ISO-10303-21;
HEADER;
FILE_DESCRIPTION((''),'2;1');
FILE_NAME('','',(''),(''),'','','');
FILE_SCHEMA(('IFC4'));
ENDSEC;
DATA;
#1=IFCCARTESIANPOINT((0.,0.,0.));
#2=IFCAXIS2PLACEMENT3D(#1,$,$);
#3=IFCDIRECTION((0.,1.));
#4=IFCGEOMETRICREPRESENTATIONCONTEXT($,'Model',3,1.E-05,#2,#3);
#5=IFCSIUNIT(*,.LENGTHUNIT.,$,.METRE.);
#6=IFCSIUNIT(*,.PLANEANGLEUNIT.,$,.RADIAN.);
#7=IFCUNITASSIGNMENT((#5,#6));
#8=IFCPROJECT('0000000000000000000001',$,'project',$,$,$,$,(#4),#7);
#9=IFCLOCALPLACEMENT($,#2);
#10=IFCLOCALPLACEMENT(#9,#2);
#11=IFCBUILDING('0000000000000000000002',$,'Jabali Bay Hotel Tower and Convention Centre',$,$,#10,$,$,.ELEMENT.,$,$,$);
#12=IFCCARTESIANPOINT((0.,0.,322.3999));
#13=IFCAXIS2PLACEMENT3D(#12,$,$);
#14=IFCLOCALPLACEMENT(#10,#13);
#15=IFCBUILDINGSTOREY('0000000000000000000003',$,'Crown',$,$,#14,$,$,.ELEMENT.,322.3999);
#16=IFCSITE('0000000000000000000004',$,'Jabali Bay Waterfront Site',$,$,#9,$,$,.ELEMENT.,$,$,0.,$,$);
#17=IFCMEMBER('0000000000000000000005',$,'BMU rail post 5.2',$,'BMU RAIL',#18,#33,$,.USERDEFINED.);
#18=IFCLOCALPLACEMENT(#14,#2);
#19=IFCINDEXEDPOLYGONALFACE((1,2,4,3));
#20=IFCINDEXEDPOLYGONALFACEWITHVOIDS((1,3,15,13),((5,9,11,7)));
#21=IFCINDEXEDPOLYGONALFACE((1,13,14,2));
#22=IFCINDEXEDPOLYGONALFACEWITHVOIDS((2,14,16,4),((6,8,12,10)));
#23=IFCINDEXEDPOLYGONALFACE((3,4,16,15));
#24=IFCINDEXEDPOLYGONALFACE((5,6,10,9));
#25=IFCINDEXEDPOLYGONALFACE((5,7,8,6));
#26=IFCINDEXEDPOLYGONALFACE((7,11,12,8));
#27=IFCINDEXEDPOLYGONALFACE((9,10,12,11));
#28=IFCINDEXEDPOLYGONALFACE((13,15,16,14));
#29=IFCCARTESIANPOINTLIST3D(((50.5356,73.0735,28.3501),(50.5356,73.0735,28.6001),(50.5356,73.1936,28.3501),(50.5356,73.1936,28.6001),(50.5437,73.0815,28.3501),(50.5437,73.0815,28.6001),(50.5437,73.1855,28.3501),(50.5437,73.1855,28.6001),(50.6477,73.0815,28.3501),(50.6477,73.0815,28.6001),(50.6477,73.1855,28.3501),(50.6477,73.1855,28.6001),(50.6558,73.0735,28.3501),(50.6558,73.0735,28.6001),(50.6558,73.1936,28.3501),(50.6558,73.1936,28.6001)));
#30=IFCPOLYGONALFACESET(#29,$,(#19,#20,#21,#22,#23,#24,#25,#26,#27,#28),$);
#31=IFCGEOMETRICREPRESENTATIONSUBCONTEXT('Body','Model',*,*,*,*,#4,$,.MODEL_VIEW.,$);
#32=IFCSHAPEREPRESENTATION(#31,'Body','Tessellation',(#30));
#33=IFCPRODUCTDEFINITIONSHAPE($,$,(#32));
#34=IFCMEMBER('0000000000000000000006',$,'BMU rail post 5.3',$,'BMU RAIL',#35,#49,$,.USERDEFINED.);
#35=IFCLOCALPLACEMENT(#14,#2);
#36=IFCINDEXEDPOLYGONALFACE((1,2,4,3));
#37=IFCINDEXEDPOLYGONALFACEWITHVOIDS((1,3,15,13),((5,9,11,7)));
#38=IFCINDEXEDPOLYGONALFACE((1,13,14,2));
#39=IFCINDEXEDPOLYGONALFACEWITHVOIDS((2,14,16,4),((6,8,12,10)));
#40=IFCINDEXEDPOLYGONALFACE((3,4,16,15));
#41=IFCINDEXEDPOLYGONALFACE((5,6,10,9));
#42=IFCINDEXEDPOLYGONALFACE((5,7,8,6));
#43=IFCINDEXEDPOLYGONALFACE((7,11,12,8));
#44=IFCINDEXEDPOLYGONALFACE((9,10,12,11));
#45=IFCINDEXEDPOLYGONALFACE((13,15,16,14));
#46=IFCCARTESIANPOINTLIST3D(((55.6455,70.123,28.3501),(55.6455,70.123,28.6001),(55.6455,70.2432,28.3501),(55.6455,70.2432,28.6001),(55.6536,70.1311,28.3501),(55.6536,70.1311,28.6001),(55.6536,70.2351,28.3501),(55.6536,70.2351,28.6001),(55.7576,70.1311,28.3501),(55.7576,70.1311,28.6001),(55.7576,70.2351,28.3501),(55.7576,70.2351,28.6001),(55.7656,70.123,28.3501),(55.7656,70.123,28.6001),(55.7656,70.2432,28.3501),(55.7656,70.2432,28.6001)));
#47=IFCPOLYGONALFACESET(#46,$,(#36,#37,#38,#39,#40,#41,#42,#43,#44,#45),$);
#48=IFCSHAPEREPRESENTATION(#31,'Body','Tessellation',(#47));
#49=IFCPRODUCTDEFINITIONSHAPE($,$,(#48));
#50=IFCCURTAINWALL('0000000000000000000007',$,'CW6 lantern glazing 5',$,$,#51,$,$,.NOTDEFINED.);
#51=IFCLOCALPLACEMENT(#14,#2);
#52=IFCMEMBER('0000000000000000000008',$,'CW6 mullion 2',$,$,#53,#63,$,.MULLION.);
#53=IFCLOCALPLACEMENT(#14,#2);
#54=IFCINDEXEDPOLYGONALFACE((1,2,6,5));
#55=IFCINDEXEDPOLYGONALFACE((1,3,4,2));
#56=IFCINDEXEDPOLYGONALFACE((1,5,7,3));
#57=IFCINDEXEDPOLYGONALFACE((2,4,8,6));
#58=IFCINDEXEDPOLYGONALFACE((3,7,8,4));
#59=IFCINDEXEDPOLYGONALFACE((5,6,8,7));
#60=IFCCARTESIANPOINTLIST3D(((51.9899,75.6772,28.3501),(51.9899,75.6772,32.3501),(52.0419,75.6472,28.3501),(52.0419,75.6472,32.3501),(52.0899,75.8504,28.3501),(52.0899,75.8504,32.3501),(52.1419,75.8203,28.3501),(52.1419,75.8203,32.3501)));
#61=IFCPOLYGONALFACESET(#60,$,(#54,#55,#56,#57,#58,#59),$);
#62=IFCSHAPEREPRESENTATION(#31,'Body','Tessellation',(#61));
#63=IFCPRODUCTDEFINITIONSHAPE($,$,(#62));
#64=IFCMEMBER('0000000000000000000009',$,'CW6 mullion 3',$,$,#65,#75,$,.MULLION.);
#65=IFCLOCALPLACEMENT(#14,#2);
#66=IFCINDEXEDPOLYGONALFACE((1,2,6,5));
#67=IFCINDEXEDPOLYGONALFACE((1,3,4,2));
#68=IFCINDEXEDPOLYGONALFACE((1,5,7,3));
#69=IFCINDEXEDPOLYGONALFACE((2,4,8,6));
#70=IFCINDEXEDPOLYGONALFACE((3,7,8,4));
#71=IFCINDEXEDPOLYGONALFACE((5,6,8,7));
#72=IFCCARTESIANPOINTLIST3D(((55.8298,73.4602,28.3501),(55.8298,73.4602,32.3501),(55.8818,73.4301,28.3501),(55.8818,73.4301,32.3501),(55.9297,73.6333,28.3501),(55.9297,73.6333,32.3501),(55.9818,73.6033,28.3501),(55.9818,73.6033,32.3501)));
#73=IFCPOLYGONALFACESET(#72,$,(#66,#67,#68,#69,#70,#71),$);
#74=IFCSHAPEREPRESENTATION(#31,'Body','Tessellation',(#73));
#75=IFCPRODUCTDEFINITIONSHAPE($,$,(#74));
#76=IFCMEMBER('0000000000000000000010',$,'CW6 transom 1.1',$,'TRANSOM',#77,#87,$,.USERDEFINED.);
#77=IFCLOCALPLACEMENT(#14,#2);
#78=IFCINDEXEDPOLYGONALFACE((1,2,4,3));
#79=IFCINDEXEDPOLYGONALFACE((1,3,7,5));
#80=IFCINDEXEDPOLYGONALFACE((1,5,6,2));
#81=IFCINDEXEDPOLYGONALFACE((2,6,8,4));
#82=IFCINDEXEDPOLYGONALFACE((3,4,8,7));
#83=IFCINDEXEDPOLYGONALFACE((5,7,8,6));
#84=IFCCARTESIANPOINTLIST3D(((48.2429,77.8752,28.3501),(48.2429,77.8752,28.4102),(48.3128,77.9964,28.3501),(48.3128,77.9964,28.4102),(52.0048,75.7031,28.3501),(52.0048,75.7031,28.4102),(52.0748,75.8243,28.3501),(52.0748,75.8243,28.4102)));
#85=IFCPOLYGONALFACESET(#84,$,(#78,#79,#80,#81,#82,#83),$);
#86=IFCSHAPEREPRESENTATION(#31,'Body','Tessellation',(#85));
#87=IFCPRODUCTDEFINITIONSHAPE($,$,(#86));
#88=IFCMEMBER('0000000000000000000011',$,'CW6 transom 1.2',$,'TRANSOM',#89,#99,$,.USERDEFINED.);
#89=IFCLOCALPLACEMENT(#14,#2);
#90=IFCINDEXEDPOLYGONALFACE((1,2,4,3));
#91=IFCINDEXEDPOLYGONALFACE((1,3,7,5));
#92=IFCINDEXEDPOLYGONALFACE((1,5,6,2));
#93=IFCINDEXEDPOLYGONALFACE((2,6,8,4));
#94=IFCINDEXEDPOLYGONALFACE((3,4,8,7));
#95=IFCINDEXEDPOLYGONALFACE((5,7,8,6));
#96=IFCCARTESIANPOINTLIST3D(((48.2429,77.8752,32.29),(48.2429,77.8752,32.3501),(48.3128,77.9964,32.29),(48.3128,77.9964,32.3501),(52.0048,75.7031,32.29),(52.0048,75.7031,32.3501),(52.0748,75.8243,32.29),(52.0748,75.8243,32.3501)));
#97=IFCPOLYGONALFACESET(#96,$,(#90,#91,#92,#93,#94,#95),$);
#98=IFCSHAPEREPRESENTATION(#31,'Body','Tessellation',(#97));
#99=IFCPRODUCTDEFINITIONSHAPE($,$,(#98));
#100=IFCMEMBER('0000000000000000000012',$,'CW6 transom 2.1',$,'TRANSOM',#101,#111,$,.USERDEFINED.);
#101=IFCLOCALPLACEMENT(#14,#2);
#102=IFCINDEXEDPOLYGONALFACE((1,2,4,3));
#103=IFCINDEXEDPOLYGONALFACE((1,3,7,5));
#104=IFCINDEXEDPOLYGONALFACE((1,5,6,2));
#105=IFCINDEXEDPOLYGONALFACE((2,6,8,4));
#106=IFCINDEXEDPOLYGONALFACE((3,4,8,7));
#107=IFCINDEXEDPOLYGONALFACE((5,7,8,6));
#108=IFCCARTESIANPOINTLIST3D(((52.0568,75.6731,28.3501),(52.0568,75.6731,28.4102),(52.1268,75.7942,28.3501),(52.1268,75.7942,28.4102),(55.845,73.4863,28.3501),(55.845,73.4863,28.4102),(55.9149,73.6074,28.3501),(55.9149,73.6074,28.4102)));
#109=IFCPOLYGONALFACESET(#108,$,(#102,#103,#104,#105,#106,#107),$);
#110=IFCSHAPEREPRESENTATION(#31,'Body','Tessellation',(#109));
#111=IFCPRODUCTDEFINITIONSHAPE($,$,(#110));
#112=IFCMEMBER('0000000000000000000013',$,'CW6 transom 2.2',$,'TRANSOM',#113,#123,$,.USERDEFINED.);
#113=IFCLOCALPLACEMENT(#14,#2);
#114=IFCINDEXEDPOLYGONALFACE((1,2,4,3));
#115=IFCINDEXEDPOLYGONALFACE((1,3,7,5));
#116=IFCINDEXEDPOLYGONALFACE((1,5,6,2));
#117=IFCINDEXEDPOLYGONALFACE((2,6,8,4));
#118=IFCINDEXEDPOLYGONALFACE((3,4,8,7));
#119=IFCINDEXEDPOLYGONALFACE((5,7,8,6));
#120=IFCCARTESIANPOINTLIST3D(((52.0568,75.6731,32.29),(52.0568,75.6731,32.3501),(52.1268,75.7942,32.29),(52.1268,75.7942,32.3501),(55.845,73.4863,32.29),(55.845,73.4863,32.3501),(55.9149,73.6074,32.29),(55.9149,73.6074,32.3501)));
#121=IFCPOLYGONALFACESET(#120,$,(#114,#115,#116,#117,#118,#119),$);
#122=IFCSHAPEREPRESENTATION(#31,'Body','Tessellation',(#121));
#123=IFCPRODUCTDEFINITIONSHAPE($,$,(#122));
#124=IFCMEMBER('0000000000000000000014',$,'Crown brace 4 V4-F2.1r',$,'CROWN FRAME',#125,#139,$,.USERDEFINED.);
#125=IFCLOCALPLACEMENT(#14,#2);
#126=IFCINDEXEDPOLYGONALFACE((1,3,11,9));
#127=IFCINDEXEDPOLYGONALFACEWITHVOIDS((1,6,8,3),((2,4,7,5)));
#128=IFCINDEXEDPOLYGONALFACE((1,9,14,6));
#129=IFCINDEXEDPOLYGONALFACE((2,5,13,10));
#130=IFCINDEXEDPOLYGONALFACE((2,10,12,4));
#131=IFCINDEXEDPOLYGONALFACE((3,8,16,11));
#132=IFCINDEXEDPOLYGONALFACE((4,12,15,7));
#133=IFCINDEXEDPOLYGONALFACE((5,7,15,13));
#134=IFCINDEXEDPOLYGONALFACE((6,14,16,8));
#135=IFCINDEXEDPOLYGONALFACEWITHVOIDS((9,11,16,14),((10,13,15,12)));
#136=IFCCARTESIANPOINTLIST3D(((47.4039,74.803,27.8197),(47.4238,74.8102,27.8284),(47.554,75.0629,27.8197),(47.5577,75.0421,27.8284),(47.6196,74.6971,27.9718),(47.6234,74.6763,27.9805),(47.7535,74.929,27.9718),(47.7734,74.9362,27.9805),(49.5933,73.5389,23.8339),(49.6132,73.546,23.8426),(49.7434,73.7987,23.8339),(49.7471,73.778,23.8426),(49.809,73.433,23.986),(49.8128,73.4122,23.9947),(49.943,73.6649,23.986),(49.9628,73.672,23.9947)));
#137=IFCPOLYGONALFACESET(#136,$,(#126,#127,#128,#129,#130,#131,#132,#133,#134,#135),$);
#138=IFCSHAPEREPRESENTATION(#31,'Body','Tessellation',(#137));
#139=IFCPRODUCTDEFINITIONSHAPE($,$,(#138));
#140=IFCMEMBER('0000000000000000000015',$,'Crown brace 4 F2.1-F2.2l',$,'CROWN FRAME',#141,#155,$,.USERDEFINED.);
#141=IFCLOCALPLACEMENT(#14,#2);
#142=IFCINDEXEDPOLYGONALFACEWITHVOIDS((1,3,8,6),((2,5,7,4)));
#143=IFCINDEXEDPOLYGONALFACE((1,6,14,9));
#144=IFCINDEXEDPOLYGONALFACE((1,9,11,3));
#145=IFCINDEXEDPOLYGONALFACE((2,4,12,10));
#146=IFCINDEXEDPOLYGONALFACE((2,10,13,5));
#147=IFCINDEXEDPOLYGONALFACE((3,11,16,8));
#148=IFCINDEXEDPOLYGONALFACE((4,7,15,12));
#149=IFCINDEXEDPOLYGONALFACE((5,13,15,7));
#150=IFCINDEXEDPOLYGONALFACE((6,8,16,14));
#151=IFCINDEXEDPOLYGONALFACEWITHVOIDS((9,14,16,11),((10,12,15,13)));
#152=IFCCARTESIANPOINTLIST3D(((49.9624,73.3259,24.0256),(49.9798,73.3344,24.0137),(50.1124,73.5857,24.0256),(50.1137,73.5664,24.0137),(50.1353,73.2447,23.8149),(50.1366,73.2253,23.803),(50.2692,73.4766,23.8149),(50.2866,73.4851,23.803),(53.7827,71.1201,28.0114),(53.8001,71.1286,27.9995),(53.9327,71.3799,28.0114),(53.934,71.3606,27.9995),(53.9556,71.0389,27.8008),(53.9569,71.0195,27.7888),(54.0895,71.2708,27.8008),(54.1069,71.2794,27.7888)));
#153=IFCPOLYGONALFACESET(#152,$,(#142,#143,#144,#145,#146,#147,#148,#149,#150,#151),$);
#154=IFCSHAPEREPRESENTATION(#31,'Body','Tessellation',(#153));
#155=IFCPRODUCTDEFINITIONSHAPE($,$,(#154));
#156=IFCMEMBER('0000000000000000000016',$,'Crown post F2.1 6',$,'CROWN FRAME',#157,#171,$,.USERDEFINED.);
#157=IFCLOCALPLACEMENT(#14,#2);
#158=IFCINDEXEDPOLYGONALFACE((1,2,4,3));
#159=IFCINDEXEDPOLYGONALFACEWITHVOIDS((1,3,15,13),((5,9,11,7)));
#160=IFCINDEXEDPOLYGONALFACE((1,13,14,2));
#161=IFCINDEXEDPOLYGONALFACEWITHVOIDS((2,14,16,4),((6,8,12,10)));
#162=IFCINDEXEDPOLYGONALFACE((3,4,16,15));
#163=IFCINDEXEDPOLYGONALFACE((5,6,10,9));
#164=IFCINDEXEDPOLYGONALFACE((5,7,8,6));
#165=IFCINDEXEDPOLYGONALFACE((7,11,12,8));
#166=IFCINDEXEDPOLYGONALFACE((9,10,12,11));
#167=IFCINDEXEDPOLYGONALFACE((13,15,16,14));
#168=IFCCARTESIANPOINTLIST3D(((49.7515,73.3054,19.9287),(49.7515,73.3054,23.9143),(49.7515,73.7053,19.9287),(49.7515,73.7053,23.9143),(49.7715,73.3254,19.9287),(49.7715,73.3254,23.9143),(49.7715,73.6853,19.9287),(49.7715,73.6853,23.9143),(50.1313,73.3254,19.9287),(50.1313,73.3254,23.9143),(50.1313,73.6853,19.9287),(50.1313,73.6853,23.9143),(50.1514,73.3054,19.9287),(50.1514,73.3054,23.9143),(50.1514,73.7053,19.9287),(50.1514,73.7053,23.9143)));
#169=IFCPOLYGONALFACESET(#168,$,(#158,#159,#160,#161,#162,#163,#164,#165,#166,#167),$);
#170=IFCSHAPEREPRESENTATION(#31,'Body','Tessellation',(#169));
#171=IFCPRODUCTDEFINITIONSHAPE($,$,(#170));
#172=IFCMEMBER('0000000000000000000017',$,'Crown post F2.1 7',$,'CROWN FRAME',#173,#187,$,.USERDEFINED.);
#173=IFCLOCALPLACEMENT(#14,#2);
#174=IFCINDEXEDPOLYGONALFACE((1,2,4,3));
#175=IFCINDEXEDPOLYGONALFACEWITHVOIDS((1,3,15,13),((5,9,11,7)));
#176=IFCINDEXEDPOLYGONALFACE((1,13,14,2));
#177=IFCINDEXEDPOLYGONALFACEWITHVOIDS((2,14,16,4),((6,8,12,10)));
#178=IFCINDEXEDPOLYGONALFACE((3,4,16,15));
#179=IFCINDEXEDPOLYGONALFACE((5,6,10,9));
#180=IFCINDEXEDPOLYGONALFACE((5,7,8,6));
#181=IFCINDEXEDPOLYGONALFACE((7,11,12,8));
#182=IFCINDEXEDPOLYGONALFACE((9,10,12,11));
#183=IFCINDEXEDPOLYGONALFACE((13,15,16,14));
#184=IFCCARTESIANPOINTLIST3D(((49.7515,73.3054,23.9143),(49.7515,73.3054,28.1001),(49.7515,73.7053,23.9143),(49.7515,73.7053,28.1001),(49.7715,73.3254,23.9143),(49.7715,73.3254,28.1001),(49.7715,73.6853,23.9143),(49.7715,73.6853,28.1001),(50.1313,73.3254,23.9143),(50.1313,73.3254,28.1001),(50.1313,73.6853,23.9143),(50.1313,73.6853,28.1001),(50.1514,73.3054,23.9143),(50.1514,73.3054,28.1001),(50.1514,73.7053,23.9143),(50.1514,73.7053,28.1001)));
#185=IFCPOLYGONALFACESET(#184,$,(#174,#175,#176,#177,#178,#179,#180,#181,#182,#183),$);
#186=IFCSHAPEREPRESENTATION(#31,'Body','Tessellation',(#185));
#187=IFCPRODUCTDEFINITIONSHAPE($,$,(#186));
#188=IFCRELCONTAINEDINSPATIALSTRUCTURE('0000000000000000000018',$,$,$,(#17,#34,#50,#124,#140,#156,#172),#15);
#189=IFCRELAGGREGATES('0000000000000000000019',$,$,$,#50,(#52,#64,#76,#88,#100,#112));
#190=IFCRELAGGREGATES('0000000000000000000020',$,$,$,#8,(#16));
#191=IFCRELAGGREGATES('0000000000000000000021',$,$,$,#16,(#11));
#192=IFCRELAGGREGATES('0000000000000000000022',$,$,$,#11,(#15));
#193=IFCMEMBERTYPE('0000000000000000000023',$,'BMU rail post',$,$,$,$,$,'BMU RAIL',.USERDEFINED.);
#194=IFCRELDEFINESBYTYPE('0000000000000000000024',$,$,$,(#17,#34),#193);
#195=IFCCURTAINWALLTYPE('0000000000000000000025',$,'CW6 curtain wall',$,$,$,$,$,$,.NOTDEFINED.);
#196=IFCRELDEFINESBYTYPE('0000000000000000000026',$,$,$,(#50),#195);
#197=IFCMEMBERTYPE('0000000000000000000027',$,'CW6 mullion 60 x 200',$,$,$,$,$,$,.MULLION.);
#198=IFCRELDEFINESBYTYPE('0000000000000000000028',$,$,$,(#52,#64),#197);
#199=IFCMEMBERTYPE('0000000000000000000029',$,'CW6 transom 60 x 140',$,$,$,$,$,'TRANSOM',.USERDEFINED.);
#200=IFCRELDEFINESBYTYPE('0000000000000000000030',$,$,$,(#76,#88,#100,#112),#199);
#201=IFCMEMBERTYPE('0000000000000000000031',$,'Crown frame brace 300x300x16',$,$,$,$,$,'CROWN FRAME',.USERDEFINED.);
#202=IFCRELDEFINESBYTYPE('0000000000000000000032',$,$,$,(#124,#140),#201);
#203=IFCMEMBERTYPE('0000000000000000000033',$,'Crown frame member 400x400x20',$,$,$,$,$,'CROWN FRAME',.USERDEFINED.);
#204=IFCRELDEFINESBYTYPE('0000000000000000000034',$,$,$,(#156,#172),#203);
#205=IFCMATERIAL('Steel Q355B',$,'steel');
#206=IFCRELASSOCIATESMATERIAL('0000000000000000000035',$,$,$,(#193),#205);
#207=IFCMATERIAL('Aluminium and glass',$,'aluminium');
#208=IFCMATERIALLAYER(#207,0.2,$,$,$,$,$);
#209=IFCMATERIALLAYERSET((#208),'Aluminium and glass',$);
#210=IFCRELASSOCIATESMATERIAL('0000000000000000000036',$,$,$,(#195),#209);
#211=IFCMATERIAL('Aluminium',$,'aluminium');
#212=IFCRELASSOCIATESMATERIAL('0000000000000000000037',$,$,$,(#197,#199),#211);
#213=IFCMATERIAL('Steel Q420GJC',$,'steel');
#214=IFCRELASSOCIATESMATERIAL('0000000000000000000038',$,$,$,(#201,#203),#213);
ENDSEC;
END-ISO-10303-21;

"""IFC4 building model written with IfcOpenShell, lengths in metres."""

from ifc_helpers import new_model, si_unit, direction, frame, origin, origin_2d, place, context, subcontext, project, spatial, rectangle, hollow_rectangle, extrude, material, layer, layer_set, material_profile, profile_set, type_object, element, aggregate, save


model = new_model("IFC4")

# Units and contexts
model_context = context("Model", 3, precision=1e-05, world=origin(), true_north=direction((0.0, 1.0)))
body_context = subcontext(model_context, "Body", "Model", "MODEL_VIEW")
ifc_project = project(units=[si_unit("LENGTHUNIT", "METRE"), si_unit("PLANEANGLEUNIT", "RADIAN")], contexts=[model_context])

# Site, building, storey
site_placement = place(None, origin())
site = spatial("IfcSite", under=ifc_project, at=site_placement, Name="Jabali Bay Waterfront Site", CompositionType="ELEMENT", RefElevation=0.0)
building_placement = place(site_placement, origin())
building = spatial("IfcBuilding", under=site, at=building_placement, Name="Jabali Bay Hotel Tower and Convention Centre", CompositionType="ELEMENT")
storey_placement = place(building_placement, frame((0.0, 0.0, 322.3999)))
storey = spatial("IfcBuildingStorey", under=building, at=storey_placement, Name="Crown", CompositionType="ELEMENT", Elevation=322.3999)

# Members
ifc_material_1 = material(Name="Steel Q355B", Category="steel")
ifc_material_profile_1 = material_profile(ifc_material_1, hollow_rectangle(XDim=0.1201, YDim=0.1201, WallThickness=0.0081, at=origin_2d()), Name="BMU rail post")
ifc_profile_set_1 = profile_set([ifc_material_profile_1], Name="Steel Q355B")
member_type_1 = type_object("IfcMemberType", Name="BMU rail post", ElementType="BMU RAIL", PredefinedType="USERDEFINED", material=ifc_profile_set_1)
for number, where, z_axis, x_axis, name in (
    (1, (50.5957, 73.1335, 28.3501), (0.0, 0.0, 1.0), (1.0, 0.0, 0.0), "BMU rail post 5.2"),
    (2, (55.7056, 70.1831, 28.3501), (0.0, 0.0, 1.0), (1.0, 0.0, 0.0), "BMU rail post 5.3"),
):
    element("IfcMember", number, at=place(storey_placement, frame(where, z_axis=z_axis, x_axis=x_axis)), inside=storey, type_object=member_type_1, Name=name, ObjectType="BMU RAIL", PredefinedType="USERDEFINED", context=body_context, shape_type="SweptSolid", body=[
        extrude(hollow_rectangle(XDim=0.1201, YDim=0.1201, WallThickness=0.0081, at=origin_2d()), origin(), (0.0, 0.0, 1.0), 0.25),
    ])

# Curtain wall, members
ifc_material_2 = material(Name="Aluminium and glass", Category="aluminium")
ifc_layer_1 = layer(ifc_material_2, 0.2)
ifc_layer_set_1 = layer_set([ifc_layer_1], Name="Aluminium and glass")
curtain_wall_type = type_object("IfcCurtainWallType", Name="CW6 curtain wall", PredefinedType="NOTDEFINED", material=ifc_layer_set_1)
curtain_wall_placement = place(storey_placement, origin())
curtain_wall = element("IfcCurtainWall", 3, at=curtain_wall_placement, inside=storey, type_object=curtain_wall_type, Name="CW6 lantern glazing 5", PredefinedType="NOTDEFINED")
ifc_material_3 = material(Name="Aluminium", Category="aluminium")
ifc_material_profile_2 = material_profile(ifc_material_3, rectangle(XDim=0.2, YDim=0.0601, at=origin_2d()), Name="CW6 mullion 60 x 200")
ifc_profile_set_2 = profile_set([ifc_material_profile_2], Name="Aluminium")
member_type_2 = type_object("IfcMemberType", Name="CW6 mullion 60 x 200", PredefinedType="MULLION", material=ifc_profile_set_2)
member_1_placement = place(storey_placement, frame((52.0659, 75.7488, 28.3501), z_axis=(0.0, 0.0, 1.0), x_axis=(0.5, 0.866025, 0.0)))
member_1 = element("IfcMember", 4, at=member_1_placement, type_object=member_type_2, Name="CW6 mullion 2", PredefinedType="MULLION", context=body_context, shape_type="SweptSolid", body=[
    extrude(rectangle(XDim=0.2, YDim=0.0601, at=origin_2d()), origin(), (0.0, 0.0, 1.0), 4.0),
])
member_2_placement = place(storey_placement, frame((55.9058, 73.5317, 28.3501), z_axis=(0.0, 0.0, 1.0), x_axis=(0.5, 0.866025, 0.0)))
member_2 = element("IfcMember", 5, at=member_2_placement, type_object=member_type_2, Name="CW6 mullion 3", PredefinedType="MULLION", context=body_context, shape_type="SweptSolid", body=[
    extrude(rectangle(XDim=0.2, YDim=0.0601, at=origin_2d()), origin(), (0.0, 0.0, 1.0), 4.0),
])
ifc_material_profile_3 = material_profile(ifc_material_3, rectangle(XDim=0.1399, YDim=0.0601, at=origin_2d()), Name="CW6 transom 60 x 140")
ifc_profile_set_3 = profile_set([ifc_material_profile_3], Name="Aluminium")
member_type_3 = type_object("IfcMemberType", Name="CW6 transom 60 x 140", ElementType="TRANSOM", PredefinedType="USERDEFINED", material=ifc_profile_set_3)
member_3_placement = place(storey_placement, frame((48.2778, 77.9358, 28.3801), z_axis=(0.866011, -0.500026, 0.0), x_axis=(0.500026, 0.866011, 0.0)))
member_3 = element("IfcMember", 6, at=member_3_placement, type_object=member_type_3, Name="CW6 transom 1.1", ObjectType="TRANSOM", PredefinedType="USERDEFINED", context=body_context, shape_type="SweptSolid", body=[
    extrude(rectangle(XDim=0.1399, YDim=0.0601, at=origin_2d()), origin(), (0.0, 0.0, 1.0), 4.344),
])
member_4_placement = place(storey_placement, frame((48.2778, 77.9358, 32.3201), z_axis=(0.866011, -0.500026, 0.0), x_axis=(0.500026, 0.866011, 0.0)))
member_4 = element("IfcMember", 7, at=member_4_placement, type_object=member_type_3, Name="CW6 transom 1.2", ObjectType="TRANSOM", PredefinedType="USERDEFINED", context=body_context, shape_type="SweptSolid", body=[
    extrude(rectangle(XDim=0.1399, YDim=0.0601, at=origin_2d()), origin(), (0.0, 0.0, 1.0), 4.344),
])
member_5_placement = place(storey_placement, frame((52.0918, 75.7336, 28.3801), z_axis=(0.866054, -0.499951, 0.0), x_axis=(0.499951, 0.866054, 0.0)))
member_5 = element("IfcMember", 8, at=member_5_placement, type_object=member_type_3, Name="CW6 transom 2.1", ObjectType="TRANSOM", PredefinedType="USERDEFINED", context=body_context, shape_type="SweptSolid", body=[
    extrude(rectangle(XDim=0.1399, YDim=0.0601, at=origin_2d()), origin(), (0.0, 0.0, 1.0), 4.374),
])
member_6_placement = place(storey_placement, frame((52.0918, 75.7336, 32.3201), z_axis=(0.866054, -0.499951, 0.0), x_axis=(0.499951, 0.866054, 0.0)))
member_6 = element("IfcMember", 9, at=member_6_placement, type_object=member_type_3, Name="CW6 transom 2.2", ObjectType="TRANSOM", PredefinedType="USERDEFINED", context=body_context, shape_type="SweptSolid", body=[
    extrude(rectangle(XDim=0.1399, YDim=0.0601, at=origin_2d()), origin(), (0.0, 0.0, 1.0), 4.374),
])

# Members
ifc_material_4 = material(Name="Steel Q420GJC", Category="steel")
ifc_material_profile_4 = material_profile(ifc_material_4, hollow_rectangle(XDim=0.3, YDim=0.3, WallThickness=0.0161, at=origin_2d()), Name="Crown frame brace 300x300x16")
ifc_profile_set_4 = profile_set([ifc_material_profile_4], Name="Steel Q420GJC")
member_type_4 = type_object("IfcMemberType", Name="Crown frame brace 300x300x16", ElementType="CROWN FRAME", PredefinedType="USERDEFINED", material=ifc_profile_set_4)
member_7_placement = place(storey_placement, frame((49.7781, 73.6055, 23.9143), z_axis=(-0.463864, 0.267829, 0.844451), x_axis=(-0.500023, -0.866012, 0.0)))
element("IfcMember", 10, at=member_7_placement, inside=storey, type_object=member_type_4, Name="Crown brace 4 V4-F2.1r", ObjectType="CROWN FRAME", PredefinedType="USERDEFINED", context=body_context, shape_type="SweptSolid", body=[
    extrude(hollow_rectangle(XDim=0.3, YDim=0.3, WallThickness=0.0161, at=origin_2d()), origin(), (0.0, 0.0, 1.0), 4.72),
])
member_8_placement = place(storey_placement, frame((50.1245, 73.4055, 23.9143), z_axis=(0.64257, -0.371014, 0.670412), x_axis=(0.500026, 0.86601, 0.0)))
element("IfcMember", 11, at=member_8_placement, inside=storey, type_object=member_type_4, Name="Crown brace 4 F2.1-F2.2l", ObjectType="CROWN FRAME", PredefinedType="USERDEFINED", context=body_context, shape_type="SweptSolid", body=[
    extrude(hollow_rectangle(XDim=0.3, YDim=0.3, WallThickness=0.0161, at=origin_2d()), origin(), (0.0, 0.0, 1.0), 5.9453),
])
ifc_material_profile_5 = material_profile(ifc_material_4, hollow_rectangle(XDim=0.3999, YDim=0.3999, WallThickness=0.02, at=origin_2d()), Name="Crown frame member 400x400x20")
ifc_profile_set_5 = profile_set([ifc_material_profile_5], Name="Steel Q420GJC")
member_type_5 = type_object("IfcMemberType", Name="Crown frame member 400x400x20", ElementType="CROWN FRAME", PredefinedType="USERDEFINED", material=ifc_profile_set_5)
member_9_placement = place(storey_placement, frame((49.9514, 73.5054, 19.9287), z_axis=(0.0, 0.0, 1.0), x_axis=(1.0, 0.0, 0.0)))
element("IfcMember", 12, at=member_9_placement, inside=storey, type_object=member_type_5, Name="Crown post F2.1 6", ObjectType="CROWN FRAME", PredefinedType="USERDEFINED", context=body_context, shape_type="SweptSolid", body=[
    extrude(hollow_rectangle(XDim=0.3999, YDim=0.3999, WallThickness=0.02, at=origin_2d()), origin(), (0.0, 0.0, 1.0), 3.9856),
])
member_10_placement = place(storey_placement, frame((49.9514, 73.5054, 23.9143), z_axis=(0.0, 0.0, 1.0), x_axis=(1.0, 0.0, 0.0)))
element("IfcMember", 13, at=member_10_placement, inside=storey, type_object=member_type_5, Name="Crown post F2.1 7", ObjectType="CROWN FRAME", PredefinedType="USERDEFINED", context=body_context, shape_type="SweptSolid", body=[
    extrude(hollow_rectangle(XDim=0.3999, YDim=0.3999, WallThickness=0.02, at=origin_2d()), origin(), (0.0, 0.0, 1.0), 4.1858),
])

aggregate(curtain_wall, [member_1, member_2, member_3, member_4, member_5, member_6])

save(model, "model.ifc")
